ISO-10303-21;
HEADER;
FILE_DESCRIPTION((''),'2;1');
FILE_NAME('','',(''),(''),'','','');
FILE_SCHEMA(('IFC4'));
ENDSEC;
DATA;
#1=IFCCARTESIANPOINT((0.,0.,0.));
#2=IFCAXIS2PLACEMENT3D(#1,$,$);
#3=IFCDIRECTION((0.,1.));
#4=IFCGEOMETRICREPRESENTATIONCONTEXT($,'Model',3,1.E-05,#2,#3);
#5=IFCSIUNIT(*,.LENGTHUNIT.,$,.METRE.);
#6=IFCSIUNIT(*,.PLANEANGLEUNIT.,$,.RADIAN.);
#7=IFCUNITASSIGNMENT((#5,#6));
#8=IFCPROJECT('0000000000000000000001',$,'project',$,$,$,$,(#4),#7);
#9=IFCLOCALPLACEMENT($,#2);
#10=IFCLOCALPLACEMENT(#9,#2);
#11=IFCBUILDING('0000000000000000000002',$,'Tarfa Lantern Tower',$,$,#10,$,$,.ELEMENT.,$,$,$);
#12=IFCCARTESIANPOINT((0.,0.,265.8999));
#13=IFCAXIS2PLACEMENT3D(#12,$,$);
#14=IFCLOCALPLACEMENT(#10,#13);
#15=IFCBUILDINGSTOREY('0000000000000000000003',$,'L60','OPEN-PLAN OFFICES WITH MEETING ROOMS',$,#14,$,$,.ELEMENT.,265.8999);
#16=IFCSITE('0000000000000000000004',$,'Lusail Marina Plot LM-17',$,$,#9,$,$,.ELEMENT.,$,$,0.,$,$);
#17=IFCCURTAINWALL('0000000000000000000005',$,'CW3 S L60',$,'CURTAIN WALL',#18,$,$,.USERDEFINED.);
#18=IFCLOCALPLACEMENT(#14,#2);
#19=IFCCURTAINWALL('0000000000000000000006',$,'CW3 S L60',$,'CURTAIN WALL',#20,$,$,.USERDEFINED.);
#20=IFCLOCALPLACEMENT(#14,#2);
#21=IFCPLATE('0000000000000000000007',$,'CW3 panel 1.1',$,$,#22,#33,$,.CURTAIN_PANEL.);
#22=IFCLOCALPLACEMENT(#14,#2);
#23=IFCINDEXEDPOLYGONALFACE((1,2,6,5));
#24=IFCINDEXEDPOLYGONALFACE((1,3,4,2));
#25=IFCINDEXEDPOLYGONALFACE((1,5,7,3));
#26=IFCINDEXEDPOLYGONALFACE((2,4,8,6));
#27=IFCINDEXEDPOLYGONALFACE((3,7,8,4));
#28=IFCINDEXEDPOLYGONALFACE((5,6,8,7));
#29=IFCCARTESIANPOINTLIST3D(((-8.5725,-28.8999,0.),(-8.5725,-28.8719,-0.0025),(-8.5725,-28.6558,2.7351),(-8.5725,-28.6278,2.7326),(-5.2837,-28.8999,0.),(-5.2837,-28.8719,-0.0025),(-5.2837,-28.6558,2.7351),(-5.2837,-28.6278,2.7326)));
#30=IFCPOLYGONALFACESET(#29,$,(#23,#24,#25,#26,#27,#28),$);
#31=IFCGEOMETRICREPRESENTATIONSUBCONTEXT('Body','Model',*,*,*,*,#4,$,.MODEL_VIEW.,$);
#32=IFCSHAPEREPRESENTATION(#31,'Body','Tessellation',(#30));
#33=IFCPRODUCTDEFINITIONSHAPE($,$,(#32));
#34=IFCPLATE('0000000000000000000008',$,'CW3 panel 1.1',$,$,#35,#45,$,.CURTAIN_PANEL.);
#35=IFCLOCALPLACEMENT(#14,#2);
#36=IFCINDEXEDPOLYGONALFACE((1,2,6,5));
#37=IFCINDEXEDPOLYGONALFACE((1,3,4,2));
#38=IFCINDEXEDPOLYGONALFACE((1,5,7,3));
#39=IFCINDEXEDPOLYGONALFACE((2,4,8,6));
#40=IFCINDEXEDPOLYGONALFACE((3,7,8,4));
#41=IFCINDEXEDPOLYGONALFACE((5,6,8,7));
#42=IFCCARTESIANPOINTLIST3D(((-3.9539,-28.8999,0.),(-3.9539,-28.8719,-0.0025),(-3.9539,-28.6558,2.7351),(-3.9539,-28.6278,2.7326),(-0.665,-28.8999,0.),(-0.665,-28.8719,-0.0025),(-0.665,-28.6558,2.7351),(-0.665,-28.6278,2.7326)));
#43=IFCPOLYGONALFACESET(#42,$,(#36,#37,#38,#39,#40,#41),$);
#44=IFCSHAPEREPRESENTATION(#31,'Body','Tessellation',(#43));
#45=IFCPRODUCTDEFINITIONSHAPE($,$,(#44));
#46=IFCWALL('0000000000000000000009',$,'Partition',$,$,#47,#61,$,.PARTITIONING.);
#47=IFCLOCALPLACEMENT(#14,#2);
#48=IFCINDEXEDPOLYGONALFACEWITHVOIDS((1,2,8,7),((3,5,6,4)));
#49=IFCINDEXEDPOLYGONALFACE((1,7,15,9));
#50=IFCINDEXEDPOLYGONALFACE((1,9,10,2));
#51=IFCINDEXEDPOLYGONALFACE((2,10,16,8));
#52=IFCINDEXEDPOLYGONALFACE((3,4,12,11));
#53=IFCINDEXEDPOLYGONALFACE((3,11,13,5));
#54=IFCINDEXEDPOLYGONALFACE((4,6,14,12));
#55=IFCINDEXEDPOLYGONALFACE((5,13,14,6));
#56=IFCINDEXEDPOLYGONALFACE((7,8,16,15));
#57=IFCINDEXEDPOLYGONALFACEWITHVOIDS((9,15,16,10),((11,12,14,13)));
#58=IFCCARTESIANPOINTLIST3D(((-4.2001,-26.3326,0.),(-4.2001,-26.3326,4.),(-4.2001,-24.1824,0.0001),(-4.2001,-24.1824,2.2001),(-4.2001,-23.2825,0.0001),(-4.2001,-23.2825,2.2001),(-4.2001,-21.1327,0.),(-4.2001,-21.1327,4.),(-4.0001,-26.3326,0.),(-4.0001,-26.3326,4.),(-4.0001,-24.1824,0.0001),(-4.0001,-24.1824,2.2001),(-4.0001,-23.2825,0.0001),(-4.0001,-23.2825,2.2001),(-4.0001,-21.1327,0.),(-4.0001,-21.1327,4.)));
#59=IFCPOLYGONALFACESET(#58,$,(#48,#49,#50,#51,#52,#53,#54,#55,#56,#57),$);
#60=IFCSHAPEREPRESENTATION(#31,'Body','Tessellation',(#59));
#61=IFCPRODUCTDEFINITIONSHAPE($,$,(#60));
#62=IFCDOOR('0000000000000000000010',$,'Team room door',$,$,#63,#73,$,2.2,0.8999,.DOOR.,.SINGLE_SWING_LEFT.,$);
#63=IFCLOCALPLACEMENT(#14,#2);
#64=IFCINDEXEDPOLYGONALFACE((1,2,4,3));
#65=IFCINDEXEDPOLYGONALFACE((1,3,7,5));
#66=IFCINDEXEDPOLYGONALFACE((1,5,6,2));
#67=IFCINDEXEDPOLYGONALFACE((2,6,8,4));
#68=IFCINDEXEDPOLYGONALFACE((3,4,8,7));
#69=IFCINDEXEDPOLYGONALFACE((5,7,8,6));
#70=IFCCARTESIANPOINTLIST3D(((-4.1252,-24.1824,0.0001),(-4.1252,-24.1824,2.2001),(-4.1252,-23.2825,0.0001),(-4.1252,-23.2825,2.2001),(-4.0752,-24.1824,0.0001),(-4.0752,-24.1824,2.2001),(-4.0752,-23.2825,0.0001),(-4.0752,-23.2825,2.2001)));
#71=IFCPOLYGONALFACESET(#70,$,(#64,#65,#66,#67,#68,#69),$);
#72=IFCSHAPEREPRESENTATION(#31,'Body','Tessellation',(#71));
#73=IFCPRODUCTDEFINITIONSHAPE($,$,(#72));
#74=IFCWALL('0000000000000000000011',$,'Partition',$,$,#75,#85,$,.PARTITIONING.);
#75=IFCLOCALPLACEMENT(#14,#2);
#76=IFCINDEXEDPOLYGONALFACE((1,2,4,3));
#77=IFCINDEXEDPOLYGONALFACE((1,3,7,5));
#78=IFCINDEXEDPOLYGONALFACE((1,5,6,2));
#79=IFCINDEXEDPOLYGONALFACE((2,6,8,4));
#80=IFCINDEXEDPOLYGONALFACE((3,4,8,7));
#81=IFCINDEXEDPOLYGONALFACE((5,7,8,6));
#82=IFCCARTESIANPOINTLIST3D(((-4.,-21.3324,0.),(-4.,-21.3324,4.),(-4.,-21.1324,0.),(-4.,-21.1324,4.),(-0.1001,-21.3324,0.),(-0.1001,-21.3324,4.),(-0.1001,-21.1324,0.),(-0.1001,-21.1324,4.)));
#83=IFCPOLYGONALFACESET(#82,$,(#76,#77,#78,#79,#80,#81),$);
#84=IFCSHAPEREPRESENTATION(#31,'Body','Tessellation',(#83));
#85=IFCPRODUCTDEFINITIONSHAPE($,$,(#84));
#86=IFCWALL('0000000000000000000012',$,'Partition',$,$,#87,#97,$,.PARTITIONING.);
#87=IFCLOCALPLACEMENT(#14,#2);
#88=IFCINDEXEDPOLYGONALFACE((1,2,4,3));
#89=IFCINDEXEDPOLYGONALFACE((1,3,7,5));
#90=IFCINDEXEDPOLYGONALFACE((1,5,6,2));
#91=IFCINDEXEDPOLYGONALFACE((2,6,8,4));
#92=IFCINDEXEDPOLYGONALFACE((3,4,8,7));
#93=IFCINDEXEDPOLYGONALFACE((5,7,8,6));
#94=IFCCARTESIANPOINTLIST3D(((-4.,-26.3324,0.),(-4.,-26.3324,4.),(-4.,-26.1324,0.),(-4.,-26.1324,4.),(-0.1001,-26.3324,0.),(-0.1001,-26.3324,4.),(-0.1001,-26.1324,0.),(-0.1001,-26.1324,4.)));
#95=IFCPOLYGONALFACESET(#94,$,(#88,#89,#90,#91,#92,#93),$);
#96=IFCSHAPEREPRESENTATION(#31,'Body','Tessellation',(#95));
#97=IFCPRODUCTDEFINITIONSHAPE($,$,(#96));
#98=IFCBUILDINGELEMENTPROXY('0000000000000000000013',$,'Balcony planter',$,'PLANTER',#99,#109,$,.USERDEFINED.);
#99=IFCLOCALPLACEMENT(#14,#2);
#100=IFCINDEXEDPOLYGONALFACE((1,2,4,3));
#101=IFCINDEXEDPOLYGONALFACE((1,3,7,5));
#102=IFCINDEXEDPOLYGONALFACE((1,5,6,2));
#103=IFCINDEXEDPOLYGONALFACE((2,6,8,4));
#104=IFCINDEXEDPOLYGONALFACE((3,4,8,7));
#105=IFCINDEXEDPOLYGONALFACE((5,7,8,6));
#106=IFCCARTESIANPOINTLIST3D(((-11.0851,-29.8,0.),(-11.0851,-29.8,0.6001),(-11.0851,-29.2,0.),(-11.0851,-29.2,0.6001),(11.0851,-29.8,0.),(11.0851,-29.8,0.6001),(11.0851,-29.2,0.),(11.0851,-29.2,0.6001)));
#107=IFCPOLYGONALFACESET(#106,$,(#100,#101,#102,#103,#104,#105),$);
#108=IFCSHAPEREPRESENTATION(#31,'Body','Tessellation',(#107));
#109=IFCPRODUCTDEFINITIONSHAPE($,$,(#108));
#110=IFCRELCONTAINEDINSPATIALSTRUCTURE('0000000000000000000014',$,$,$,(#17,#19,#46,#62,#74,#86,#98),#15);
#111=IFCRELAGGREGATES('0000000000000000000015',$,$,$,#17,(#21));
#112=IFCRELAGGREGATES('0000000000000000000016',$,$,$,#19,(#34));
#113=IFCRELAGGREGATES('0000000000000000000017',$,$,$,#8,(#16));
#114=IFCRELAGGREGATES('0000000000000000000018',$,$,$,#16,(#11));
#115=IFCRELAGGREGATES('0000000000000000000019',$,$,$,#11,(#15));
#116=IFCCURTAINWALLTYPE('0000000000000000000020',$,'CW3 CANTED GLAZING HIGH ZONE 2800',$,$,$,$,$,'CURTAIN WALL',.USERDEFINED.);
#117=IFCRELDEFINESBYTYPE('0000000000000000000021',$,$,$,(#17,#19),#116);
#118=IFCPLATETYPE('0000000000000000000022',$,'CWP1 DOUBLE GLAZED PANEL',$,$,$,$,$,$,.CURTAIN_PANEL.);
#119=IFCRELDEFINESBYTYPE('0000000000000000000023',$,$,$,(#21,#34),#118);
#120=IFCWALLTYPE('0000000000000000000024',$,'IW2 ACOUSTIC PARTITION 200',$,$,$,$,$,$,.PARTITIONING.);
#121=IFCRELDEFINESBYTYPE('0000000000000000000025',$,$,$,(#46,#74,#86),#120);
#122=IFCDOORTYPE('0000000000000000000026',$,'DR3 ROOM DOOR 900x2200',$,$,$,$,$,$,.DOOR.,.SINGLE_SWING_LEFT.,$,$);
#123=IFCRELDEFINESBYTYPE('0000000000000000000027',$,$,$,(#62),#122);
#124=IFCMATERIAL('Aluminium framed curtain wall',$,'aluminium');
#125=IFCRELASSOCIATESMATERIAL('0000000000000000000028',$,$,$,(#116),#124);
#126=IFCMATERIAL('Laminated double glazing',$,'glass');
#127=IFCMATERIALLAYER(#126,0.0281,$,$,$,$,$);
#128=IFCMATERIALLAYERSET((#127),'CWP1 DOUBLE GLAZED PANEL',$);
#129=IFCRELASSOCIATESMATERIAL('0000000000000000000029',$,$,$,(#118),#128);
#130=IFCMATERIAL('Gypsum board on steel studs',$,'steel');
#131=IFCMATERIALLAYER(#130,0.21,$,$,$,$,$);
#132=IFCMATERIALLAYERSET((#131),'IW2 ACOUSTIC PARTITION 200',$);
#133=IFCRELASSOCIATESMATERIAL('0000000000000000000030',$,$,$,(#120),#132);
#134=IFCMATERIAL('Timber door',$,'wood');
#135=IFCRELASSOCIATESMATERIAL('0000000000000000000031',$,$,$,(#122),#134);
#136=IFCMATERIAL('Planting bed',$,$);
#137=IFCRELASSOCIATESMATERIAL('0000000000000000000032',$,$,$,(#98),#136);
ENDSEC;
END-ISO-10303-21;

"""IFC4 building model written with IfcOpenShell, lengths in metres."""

from ifc_helpers import new_model, si_unit, direction, frame, frame_2d, origin, origin_2d, place, context, subcontext, project, spatial, polyline, rectangle, outline, extrude, material, layer, layer_set, type_object, element, fill, aggregate, save


model = new_model("IFC4")

# Units and contexts
model_context = context("Model", 3, precision=1e-05, world=origin(), true_north=direction((0.0, 1.0)))
body_context = subcontext(model_context, "Body", "Model", "MODEL_VIEW")
ifc_project = project(units=[si_unit("LENGTHUNIT", "METRE"), si_unit("PLANEANGLEUNIT", "RADIAN")], contexts=[model_context])

# Site, building, storey
site_placement = place(None, origin())
site = spatial("IfcSite", under=ifc_project, at=site_placement, Name="Lusail Marina Plot LM-17", CompositionType="ELEMENT", RefElevation=0.0)
building_placement = place(site_placement, origin())
building = spatial("IfcBuilding", under=site, at=building_placement, Name="Tarfa Lantern Tower", CompositionType="ELEMENT")
storey_placement = place(building_placement, frame((0.0, 0.0, 265.8999)))
storey = spatial("IfcBuildingStorey", under=building, at=storey_placement, Name="L60", Description="OPEN-PLAN OFFICES WITH MEETING ROOMS", CompositionType="ELEMENT", Elevation=265.8999)

# Shared definitions
ifc_material_1 = material(Name="Aluminium framed curtain wall", Category="aluminium")
curtain_wall_type = type_object("IfcCurtainWallType", Name="CW3 CANTED GLAZING HIGH ZONE 2800", ElementType="CURTAIN WALL", PredefinedType="USERDEFINED", material=ifc_material_1)

# Curtain walls
curtain_wall_1_placement = place(storey_placement, origin())
curtain_wall_1 = element("IfcCurtainWall", 1, at=curtain_wall_1_placement, inside=storey, type_object=curtain_wall_type, Name="CW3 S L60", ObjectType="CURTAIN WALL", PredefinedType="USERDEFINED")
curtain_wall_2_placement = place(storey_placement, origin())
curtain_wall_2 = element("IfcCurtainWall", 2, at=curtain_wall_2_placement, inside=storey, type_object=curtain_wall_type, Name="CW3 S L60", ObjectType="CURTAIN WALL", PredefinedType="USERDEFINED")

# Plates
ifc_material_2 = material(Name="Laminated double glazing", Category="glass")
ifc_layer_1 = layer(ifc_material_2, 0.0281)
ifc_layer_set_1 = layer_set([ifc_layer_1], Name="CWP1 DOUBLE GLAZED PANEL")
plate_type = type_object("IfcPlateType", Name="CWP1 DOUBLE GLAZED PANEL", PredefinedType="CURTAIN_PANEL", material=ifc_layer_set_1)
plate_1_placement = place(storey_placement, frame((-8.5725, -28.8999, 0.0), z_axis=(0.0, -0.99604, 0.088908), x_axis=(1.0, 0.0, 0.0)))
plate_1 = element("IfcPlate", 3, at=plate_1_placement, type_object=plate_type, Name="CW3 panel 1.1", PredefinedType="CURTAIN_PANEL", context=body_context, shape_type="SweptSolid", body=[
    extrude(outline(polyline([(0.0, 0.0), (3.2888, 0.0), (3.2888, 2.746), (0.0, 2.746), (0.0, 0.0)])), origin(), (0.0, 0.0, -1.0), 0.0281),
])
aggregate(curtain_wall_1, [plate_1])
plate_2_placement = place(storey_placement, frame((-3.9539, -28.8999, 0.0), z_axis=(0.0, -0.99604, 0.088908), x_axis=(1.0, 0.0, 0.0)))
plate_2 = element("IfcPlate", 4, at=plate_2_placement, type_object=plate_type, Name="CW3 panel 1.1", PredefinedType="CURTAIN_PANEL", context=body_context, shape_type="SweptSolid", body=[
    extrude(outline(polyline([(0.0, 0.0), (3.2888, 0.0), (3.2888, 2.746), (0.0, 2.746), (0.0, 0.0)])), origin(), (0.0, 0.0, -1.0), 0.0281),
])
aggregate(curtain_wall_2, [plate_2])

# Wall, opening, door
ifc_material_3 = material(Name="Gypsum board on steel studs", Category="steel")
ifc_layer_2 = layer(ifc_material_3, 0.21)
ifc_layer_set_2 = layer_set([ifc_layer_2], Name="IW2 ACOUSTIC PARTITION 200")
wall_type = type_object("IfcWallType", Name="IW2 ACOUSTIC PARTITION 200", PredefinedType="PARTITIONING", material=ifc_layer_set_2)
wall_placement = place(storey_placement, frame((-4.1001, -21.1326, 0.0), z_axis=(0.0, 0.0, 1.0), x_axis=(0.0, -1.0, 0.0)))
wall = element("IfcWall", 5, at=wall_placement, inside=storey, type_object=wall_type, Name="Partition", PredefinedType="PARTITIONING", context=body_context, shape_type="SweptSolid", body=[
    extrude(rectangle(XDim=5.2, YDim=0.2, at=frame_2d((2.6001, 0.0))), origin(), (0.0, 0.0, 1.0), 4.0),
])
opening_placement = place(wall_placement, frame((2.1499, 0.0, 0.0)))
opening = element("IfcOpeningElement", 6, at=opening_placement, cuts=wall, PredefinedType="OPENING", context=body_context, shape_type="SweptSolid", body=[
    extrude(rectangle(XDim=0.8999, YDim=2.2, at=frame_2d((0.45, 1.1001))), frame((0.0, 0.1099, 0.0), z_axis=(0.0, -1.0, 0.0), x_axis=(1.0, 0.0, 0.0)), (0.0, 0.0, 1.0), 0.22),
])
ifc_material_4 = material(Name="Timber door", Category="wood")
door_type = type_object("IfcDoorType", Name="DR3 ROOM DOOR 900x2200", OperationType="SINGLE_SWING_LEFT", PredefinedType="DOOR", material=ifc_material_4)
door_placement = place(opening_placement, origin())
door = element("IfcDoor", 7, at=door_placement, inside=storey, type_object=door_type, Name="Team room door", OperationType="SINGLE_SWING_LEFT", OverallHeight=2.2, OverallWidth=0.8999, PredefinedType="DOOR", context=body_context, shape_type="SweptSolid", body=[
    extrude(rectangle(XDim=0.8999, YDim=2.2, at=frame_2d((0.45, 1.1001))), frame((0.0, 0.0249, 0.0), z_axis=(0.0, -1.0, 0.0), x_axis=(1.0, 0.0, 0.0)), (0.0, 0.0, 1.0), 0.05),
])
fill(opening, door)

# Walls
for number, where, z_axis, x_axis, name in (
    (8, (-0.1001, -21.2324, 0.0), (0.0, 0.0, 1.0), (-1.0, 0.0, 0.0), "Partition"),
    (9, (-0.1001, -26.2324, 0.0), (0.0, 0.0, 1.0), (-1.0, 0.0, 0.0), "Partition"),
):
    element("IfcWall", number, at=place(storey_placement, frame(where, z_axis=z_axis, x_axis=x_axis)), inside=storey, type_object=wall_type, Name=name, PredefinedType="PARTITIONING", context=body_context, shape_type="SweptSolid", body=[
        extrude(rectangle(XDim=3.8999, YDim=0.2, at=frame_2d((1.95, 0.0))), origin(), (0.0, 0.0, 1.0), 4.0),
    ])

# Building element proxy
ifc_material_5 = material(Name="Planting bed")
proxy_placement = place(storey_placement, frame((0.0, -29.5, 0.0), z_axis=(0.0, 0.0, 1.0), x_axis=(1.0, 0.0, 0.0)))
element("IfcBuildingElementProxy", 10, at=proxy_placement, inside=storey, material=ifc_material_5, Name="Balcony planter", ObjectType="PLANTER", PredefinedType="USERDEFINED", context=body_context, shape_type="SweptSolid", body=[
    extrude(rectangle(XDim=22.1702, YDim=0.6001, at=origin_2d()), origin(), (0.0, 0.0, 1.0), 0.6001),
])

save(model, "model.ifc")
